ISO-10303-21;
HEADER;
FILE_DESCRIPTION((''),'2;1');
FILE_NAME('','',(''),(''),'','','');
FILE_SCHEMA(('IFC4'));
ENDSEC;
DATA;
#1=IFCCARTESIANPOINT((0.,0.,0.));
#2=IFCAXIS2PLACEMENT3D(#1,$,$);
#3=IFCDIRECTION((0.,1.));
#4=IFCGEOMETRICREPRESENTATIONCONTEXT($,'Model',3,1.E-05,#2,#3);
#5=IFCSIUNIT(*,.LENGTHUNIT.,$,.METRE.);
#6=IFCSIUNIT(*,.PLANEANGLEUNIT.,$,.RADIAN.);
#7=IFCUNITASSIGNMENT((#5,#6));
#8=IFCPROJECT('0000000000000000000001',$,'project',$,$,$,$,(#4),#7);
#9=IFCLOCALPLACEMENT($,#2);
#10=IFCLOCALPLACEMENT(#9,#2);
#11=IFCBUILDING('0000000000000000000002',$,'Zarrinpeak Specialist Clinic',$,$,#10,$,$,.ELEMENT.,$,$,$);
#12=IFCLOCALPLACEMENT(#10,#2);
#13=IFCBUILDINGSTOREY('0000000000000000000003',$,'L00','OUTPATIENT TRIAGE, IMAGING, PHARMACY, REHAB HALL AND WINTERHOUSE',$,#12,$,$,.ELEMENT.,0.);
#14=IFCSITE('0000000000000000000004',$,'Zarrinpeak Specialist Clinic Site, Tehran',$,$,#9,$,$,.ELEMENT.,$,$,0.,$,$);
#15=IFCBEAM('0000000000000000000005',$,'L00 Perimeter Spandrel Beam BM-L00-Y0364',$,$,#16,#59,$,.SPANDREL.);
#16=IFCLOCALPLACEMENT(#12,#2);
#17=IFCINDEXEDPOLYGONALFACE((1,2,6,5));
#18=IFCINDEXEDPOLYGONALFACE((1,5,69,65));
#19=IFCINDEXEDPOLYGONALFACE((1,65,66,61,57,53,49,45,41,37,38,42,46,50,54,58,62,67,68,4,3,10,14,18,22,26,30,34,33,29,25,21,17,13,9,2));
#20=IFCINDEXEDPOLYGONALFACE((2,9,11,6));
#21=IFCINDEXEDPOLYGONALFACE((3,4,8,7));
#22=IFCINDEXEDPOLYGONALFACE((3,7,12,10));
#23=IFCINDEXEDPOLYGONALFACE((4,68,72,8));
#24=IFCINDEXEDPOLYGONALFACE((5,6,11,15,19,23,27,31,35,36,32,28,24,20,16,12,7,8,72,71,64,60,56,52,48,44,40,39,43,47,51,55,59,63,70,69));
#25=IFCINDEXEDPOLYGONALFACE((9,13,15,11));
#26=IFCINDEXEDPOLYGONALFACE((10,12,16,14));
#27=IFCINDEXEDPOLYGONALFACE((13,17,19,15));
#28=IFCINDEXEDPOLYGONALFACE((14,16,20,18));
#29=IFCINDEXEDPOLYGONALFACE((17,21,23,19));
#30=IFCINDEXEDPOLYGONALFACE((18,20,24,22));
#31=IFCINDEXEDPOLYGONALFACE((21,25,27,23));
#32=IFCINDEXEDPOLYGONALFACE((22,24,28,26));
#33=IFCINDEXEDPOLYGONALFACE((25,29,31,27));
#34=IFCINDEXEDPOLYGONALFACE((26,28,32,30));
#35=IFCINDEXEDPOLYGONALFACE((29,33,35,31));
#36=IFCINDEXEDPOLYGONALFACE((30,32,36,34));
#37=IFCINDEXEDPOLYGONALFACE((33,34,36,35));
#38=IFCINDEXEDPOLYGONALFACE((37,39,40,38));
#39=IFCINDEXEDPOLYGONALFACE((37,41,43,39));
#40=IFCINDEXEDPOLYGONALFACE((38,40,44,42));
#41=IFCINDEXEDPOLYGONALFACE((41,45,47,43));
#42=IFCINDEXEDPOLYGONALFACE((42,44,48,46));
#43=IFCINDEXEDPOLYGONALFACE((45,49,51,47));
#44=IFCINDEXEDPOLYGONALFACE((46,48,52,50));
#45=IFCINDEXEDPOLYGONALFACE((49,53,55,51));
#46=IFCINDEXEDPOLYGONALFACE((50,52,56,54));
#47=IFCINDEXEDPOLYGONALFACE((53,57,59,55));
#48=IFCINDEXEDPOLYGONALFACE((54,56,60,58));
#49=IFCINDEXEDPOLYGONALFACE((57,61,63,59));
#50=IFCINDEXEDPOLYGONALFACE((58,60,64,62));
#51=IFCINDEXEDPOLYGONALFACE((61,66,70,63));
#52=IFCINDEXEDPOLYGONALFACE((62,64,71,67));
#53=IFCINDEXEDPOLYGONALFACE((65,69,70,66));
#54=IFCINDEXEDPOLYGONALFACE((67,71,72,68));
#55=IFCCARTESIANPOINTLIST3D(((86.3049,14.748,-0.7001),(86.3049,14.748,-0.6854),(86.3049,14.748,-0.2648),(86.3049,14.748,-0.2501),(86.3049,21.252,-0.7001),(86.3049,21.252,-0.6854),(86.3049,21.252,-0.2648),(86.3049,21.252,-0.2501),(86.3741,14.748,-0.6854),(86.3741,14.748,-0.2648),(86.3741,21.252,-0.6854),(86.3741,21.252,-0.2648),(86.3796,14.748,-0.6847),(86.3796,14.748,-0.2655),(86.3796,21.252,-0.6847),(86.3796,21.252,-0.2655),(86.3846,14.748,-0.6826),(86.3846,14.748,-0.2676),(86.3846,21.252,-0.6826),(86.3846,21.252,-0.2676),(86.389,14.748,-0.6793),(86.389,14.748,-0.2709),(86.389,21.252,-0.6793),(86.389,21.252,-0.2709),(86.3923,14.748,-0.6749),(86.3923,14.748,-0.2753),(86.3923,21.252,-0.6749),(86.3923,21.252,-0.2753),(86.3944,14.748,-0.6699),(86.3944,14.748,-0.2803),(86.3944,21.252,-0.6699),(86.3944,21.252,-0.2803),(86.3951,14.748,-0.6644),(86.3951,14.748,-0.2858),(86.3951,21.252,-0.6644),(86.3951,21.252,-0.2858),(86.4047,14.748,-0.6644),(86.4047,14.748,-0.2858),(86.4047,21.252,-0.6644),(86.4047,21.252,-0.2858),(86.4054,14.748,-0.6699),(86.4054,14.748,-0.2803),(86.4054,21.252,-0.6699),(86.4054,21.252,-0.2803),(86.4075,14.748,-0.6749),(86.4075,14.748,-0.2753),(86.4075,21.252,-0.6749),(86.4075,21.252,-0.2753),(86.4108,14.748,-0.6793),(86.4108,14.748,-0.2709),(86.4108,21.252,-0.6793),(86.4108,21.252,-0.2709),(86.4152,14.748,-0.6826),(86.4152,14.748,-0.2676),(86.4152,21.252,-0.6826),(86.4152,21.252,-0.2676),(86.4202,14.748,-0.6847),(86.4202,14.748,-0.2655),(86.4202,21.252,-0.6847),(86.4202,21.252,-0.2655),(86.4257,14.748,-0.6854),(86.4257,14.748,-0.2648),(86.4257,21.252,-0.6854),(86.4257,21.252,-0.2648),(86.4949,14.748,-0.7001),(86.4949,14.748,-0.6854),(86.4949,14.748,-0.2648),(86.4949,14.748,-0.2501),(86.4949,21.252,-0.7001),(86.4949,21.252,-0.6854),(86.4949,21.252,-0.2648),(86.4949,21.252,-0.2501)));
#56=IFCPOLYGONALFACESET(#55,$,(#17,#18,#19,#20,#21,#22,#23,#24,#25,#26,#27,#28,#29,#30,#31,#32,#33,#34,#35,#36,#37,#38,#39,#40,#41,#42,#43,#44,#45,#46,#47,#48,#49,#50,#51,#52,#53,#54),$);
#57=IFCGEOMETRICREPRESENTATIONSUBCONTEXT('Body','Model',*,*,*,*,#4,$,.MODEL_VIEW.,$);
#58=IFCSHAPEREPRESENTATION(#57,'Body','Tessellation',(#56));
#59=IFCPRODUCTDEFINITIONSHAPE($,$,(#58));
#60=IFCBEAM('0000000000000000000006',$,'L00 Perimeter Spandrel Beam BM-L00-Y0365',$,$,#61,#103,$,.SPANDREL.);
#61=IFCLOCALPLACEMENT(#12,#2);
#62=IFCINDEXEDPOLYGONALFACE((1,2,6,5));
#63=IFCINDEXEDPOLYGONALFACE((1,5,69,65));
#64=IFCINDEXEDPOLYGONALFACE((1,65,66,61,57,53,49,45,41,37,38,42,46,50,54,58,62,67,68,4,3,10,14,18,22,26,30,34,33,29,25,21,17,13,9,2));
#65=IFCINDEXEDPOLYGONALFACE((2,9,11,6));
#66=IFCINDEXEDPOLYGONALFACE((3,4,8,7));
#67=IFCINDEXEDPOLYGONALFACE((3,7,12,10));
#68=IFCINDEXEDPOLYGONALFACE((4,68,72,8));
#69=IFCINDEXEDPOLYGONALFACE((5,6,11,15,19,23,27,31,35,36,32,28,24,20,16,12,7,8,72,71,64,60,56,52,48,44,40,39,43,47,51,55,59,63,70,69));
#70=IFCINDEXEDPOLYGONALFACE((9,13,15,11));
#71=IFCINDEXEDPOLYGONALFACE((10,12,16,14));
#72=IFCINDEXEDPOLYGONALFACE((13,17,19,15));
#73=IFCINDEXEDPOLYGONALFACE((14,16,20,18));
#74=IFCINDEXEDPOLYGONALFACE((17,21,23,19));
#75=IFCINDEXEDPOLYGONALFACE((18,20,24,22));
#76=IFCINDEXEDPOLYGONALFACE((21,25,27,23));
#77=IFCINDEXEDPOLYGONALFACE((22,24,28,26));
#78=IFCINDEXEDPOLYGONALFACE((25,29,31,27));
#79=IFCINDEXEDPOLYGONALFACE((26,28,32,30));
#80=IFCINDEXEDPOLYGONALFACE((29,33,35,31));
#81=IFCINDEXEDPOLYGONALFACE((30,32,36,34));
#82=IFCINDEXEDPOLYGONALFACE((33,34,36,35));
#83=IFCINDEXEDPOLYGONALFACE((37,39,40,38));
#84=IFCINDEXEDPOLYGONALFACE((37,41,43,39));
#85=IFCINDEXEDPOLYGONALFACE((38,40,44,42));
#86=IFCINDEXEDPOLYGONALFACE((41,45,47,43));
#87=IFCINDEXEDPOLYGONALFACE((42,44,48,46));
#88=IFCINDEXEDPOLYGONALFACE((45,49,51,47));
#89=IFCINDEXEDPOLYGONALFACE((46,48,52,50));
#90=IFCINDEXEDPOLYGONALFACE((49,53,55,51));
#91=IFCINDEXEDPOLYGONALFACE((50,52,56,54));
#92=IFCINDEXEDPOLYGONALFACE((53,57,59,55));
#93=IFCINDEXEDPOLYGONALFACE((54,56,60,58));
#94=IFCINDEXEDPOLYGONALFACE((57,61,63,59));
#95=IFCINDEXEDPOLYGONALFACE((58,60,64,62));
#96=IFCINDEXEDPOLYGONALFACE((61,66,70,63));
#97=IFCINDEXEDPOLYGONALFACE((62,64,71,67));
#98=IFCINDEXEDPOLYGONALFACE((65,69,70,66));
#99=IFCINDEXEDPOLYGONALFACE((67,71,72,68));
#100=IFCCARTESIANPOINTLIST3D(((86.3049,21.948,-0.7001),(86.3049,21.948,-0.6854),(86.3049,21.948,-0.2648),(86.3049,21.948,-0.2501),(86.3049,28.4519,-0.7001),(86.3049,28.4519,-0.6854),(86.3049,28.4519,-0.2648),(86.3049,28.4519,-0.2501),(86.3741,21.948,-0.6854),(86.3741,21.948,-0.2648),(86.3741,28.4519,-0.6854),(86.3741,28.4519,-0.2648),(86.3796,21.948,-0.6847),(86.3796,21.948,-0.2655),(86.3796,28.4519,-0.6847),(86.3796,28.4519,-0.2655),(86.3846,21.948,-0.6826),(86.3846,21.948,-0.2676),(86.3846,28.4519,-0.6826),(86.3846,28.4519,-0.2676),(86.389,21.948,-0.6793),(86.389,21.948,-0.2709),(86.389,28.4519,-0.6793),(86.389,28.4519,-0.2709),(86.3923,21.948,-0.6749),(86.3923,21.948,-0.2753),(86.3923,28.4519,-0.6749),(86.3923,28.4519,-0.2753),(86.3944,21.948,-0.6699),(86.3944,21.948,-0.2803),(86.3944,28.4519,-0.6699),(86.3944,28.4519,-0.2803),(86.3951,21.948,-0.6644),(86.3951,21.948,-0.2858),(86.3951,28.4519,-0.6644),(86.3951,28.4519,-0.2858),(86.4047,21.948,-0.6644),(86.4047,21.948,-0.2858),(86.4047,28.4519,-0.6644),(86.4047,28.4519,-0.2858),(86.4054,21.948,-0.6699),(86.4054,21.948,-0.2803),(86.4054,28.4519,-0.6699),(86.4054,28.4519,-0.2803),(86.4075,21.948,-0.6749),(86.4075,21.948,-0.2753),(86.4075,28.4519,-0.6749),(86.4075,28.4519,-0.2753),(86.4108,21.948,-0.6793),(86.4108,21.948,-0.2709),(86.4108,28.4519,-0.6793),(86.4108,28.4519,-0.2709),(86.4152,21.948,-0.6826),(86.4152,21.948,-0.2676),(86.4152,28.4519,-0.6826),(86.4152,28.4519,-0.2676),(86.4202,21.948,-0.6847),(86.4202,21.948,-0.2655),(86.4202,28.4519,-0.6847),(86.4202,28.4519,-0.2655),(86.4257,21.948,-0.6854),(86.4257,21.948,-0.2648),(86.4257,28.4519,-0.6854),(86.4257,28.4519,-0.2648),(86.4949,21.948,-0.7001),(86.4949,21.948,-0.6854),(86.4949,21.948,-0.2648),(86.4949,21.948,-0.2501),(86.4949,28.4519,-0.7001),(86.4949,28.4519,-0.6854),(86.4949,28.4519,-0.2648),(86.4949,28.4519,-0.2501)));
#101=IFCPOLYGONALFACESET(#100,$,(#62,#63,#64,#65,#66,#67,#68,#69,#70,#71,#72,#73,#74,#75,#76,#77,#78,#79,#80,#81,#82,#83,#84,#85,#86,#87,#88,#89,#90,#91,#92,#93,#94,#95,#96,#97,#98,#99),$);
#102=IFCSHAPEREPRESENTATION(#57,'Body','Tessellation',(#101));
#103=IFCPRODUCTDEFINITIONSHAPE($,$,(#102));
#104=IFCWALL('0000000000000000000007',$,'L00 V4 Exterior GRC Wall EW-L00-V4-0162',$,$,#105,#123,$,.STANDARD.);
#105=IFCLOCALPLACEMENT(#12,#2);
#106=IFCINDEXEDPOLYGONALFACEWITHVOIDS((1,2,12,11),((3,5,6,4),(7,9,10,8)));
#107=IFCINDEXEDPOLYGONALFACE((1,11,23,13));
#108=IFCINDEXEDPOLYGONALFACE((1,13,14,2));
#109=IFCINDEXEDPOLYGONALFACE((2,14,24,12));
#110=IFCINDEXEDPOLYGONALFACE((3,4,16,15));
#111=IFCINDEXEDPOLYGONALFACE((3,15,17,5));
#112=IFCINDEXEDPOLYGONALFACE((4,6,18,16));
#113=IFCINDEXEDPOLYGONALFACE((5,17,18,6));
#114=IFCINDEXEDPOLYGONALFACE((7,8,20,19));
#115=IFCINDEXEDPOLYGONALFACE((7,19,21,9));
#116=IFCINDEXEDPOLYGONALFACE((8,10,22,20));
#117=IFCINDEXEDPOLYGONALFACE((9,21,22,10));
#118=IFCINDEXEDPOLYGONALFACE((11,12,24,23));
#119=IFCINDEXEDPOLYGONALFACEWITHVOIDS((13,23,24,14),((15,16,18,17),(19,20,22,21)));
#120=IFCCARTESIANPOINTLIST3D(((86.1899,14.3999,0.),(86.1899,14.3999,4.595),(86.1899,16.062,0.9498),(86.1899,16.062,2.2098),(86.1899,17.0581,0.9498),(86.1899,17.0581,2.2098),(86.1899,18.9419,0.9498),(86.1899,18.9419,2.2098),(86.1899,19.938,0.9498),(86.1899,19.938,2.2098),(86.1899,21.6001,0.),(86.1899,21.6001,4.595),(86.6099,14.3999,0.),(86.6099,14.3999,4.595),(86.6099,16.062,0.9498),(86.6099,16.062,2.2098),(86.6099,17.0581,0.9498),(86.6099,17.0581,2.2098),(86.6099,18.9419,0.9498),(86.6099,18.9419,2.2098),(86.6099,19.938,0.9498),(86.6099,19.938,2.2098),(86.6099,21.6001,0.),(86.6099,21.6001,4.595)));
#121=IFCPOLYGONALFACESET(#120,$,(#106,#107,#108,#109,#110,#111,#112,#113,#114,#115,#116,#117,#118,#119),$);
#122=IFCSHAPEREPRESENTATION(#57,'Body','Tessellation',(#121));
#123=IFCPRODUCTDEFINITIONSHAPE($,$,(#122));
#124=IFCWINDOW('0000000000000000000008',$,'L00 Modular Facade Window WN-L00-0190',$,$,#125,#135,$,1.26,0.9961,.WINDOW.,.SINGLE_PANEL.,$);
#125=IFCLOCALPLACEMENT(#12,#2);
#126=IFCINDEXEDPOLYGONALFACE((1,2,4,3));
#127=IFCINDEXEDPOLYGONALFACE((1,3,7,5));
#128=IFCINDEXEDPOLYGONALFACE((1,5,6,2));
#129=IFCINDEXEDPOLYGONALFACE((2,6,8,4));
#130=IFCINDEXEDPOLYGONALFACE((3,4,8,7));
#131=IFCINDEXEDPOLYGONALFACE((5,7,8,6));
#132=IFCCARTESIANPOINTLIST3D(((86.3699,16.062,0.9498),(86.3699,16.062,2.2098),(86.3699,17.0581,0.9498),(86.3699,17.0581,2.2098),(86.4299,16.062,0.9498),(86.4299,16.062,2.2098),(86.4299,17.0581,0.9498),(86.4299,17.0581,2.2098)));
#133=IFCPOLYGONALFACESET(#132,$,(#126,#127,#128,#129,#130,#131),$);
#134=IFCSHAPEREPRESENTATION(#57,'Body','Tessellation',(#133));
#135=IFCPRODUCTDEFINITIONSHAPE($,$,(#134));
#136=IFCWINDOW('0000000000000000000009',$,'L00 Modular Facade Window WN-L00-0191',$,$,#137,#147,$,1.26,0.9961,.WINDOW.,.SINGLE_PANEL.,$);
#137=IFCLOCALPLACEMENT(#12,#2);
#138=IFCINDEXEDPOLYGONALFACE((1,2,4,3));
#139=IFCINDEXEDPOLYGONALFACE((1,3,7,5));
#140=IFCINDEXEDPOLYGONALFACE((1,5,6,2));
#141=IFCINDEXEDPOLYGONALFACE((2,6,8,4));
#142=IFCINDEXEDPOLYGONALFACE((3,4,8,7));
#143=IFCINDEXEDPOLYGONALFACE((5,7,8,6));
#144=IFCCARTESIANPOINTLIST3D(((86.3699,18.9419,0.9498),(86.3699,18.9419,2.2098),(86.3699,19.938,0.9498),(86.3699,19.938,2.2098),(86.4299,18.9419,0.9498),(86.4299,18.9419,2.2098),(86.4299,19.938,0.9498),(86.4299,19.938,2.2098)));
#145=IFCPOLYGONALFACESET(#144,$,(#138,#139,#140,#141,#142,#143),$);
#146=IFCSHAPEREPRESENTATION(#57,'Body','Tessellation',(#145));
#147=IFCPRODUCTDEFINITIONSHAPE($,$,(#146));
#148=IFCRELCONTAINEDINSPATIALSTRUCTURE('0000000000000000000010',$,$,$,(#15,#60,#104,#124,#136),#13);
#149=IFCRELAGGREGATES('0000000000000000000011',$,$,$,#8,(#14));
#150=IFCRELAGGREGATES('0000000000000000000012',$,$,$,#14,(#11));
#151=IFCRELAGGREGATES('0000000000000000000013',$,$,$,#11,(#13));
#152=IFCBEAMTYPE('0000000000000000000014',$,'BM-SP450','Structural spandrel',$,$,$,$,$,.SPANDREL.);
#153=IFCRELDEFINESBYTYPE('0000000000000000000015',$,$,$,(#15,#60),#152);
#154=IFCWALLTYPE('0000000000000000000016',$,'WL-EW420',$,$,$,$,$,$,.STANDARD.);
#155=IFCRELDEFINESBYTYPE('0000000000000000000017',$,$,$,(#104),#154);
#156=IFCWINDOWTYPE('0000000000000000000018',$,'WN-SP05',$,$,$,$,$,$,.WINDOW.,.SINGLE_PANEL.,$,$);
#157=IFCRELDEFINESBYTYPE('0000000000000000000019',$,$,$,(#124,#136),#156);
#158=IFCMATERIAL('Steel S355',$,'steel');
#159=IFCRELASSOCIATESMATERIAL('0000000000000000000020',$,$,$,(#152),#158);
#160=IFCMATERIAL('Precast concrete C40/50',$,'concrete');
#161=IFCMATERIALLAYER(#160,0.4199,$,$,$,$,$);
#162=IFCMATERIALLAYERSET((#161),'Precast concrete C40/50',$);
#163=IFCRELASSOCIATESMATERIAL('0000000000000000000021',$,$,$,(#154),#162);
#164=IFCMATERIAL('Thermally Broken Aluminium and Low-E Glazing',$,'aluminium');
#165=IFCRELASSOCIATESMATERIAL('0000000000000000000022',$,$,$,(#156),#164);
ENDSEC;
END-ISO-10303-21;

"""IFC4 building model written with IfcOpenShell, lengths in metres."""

from ifc_helpers import new_model, si_unit, direction, frame, frame_2d, origin, origin_2d, place, context, subcontext, project, spatial, rectangle, i_section, extrude, material, layer, layer_set, material_profile, profile_set, type_object, element, fill, save


model = new_model("IFC4")

# Units and contexts
model_context = context("Model", 3, precision=1e-05, world=origin(), true_north=direction((0.0, 1.0)))
body_context = subcontext(model_context, "Body", "Model", "MODEL_VIEW")
ifc_project = project(units=[si_unit("LENGTHUNIT", "METRE"), si_unit("PLANEANGLEUNIT", "RADIAN")], contexts=[model_context])

# Site, building, storey
site_placement = place(None, origin())
site = spatial("IfcSite", under=ifc_project, at=site_placement, Name="Zarrinpeak Specialist Clinic Site, Tehran", CompositionType="ELEMENT", RefElevation=0.0)
building_placement = place(site_placement, origin())
building = spatial("IfcBuilding", under=site, at=building_placement, Name="Zarrinpeak Specialist Clinic", CompositionType="ELEMENT")
storey_placement = place(building_placement, origin())
storey = spatial("IfcBuildingStorey", under=building, at=storey_placement, Name="L00", Description="OUTPATIENT TRIAGE, IMAGING, PHARMACY, REHAB HALL AND WINTERHOUSE", CompositionType="ELEMENT", Elevation=0.0)

# Shared definitions
ifc_material_1 = material(Name="Steel S355", Category="steel")

# Beams
ifc_material_profile_1 = material_profile(ifc_material_1, i_section(OverallWidth=0.1899, OverallDepth=0.45, WebThickness=0.0095, FlangeThickness=0.0146, FilletRadius=0.021, at=origin_2d()), Name="IPE 450")
ifc_profile_set_1 = profile_set([ifc_material_profile_1], Name="Steel S355")
beam_type_1 = type_object("IfcBeamType", Name="BM-SP450", Description="Structural spandrel", PredefinedType="SPANDREL", material=ifc_profile_set_1)
for number, where, z_axis, x_axis, name in (
    (1, (86.3999, 14.748, -0.4751), (0.0, 1.0, 0.0), (-1.0, 0.0, 0.0), "L00 Perimeter Spandrel Beam BM-L00-Y0364"),
    (2, (86.3999, 21.948, -0.4751), (0.0, 1.0, 0.0), (-1.0, 0.0, 0.0), "L00 Perimeter Spandrel Beam BM-L00-Y0365"),
):
    element("IfcBeam", number, at=place(storey_placement, frame(where, z_axis=z_axis, x_axis=x_axis)), inside=storey, type_object=beam_type_1, Name=name, PredefinedType="SPANDREL", context=body_context, shape_type="SweptSolid", body=[
        extrude(i_section(OverallWidth=0.1899, OverallDepth=0.45, WebThickness=0.0095, FlangeThickness=0.0146, FilletRadius=0.021, at=origin_2d()), origin(), (0.0, 0.0, 1.0), 6.5039),
    ])

# Wall, openings, windows
ifc_material_2 = material(Name="Precast concrete C40/50", Category="concrete")
ifc_layer_1 = layer(ifc_material_2, 0.4199)
ifc_layer_set_1 = layer_set([ifc_layer_1], Name="Precast concrete C40/50")
wall_type_1 = type_object("IfcWallType", Name="WL-EW420", PredefinedType="STANDARD", material=ifc_layer_set_1)
wall_1_placement = place(storey_placement, frame((86.3999, 14.3999, 0.0), z_axis=(0.0, 0.0, 1.0), x_axis=(0.0, 1.0, 0.0)))
wall_1 = element("IfcWall", 3, at=wall_1_placement, inside=storey, type_object=wall_type_1, Name="L00 V4 Exterior GRC Wall EW-L00-V4-0162", PredefinedType="STANDARD", context=body_context, shape_type="SweptSolid", body=[
    extrude(rectangle(XDim=7.2002, YDim=0.4199, at=frame_2d((3.6001, 0.0))), origin(), (0.0, 0.0, 1.0), 4.595),
])
opening_1_placement = place(wall_1_placement, frame((1.6621, 0.0, 0.95)))
opening_1 = element("IfcOpeningElement", 4, at=opening_1_placement, cuts=wall_1, PredefinedType="OPENING", context=body_context, shape_type="SweptSolid", body=[
    extrude(rectangle(XDim=0.9961, YDim=1.26, at=frame_2d((0.498, 0.6299))), frame((0.0, 0.22, 0.0), z_axis=(0.0, -1.0, 0.0), x_axis=(1.0, 0.0, 0.0)), (0.0, 0.0, 1.0), 0.4399),
])
opening_2_placement = place(wall_1_placement, frame((4.542, 0.0, 0.95)))
opening_2 = element("IfcOpeningElement", 5, at=opening_2_placement, cuts=wall_1, PredefinedType="OPENING", context=body_context, shape_type="SweptSolid", body=[
    extrude(rectangle(XDim=0.9961, YDim=1.26, at=frame_2d((0.498, 0.6299))), frame((0.0, 0.22, 0.0), z_axis=(0.0, -1.0, 0.0), x_axis=(1.0, 0.0, 0.0)), (0.0, 0.0, 1.0), 0.4399),
])
ifc_material_3 = material(Name="Thermally Broken Aluminium and Low-E Glazing", Category="aluminium")
window_type_1 = type_object("IfcWindowType", Name="WN-SP05", PartitioningType="SINGLE_PANEL", PredefinedType="WINDOW", material=ifc_material_3)
window_1_placement = place(opening_1_placement, origin())
window_1 = element("IfcWindow", 6, at=window_1_placement, inside=storey, type_object=window_type_1, Name="L00 Modular Facade Window WN-L00-0190", OverallHeight=1.26, OverallWidth=0.9961, PartitioningType="SINGLE_PANEL", PredefinedType="WINDOW", context=body_context, shape_type="SweptSolid", body=[
    extrude(rectangle(XDim=0.9961, YDim=1.26, at=frame_2d((0.498, 0.6299))), frame((0.0, 0.03, 0.0), z_axis=(0.0, -1.0, 0.0), x_axis=(1.0, 0.0, 0.0)), (0.0, 0.0, 1.0), 0.0601),
])
fill(opening_1, window_1)
window_2_placement = place(opening_2_placement, origin())
window_2 = element("IfcWindow", 7, at=window_2_placement, inside=storey, type_object=window_type_1, Name="L00 Modular Facade Window WN-L00-0191", OverallHeight=1.26, OverallWidth=0.9961, PartitioningType="SINGLE_PANEL", PredefinedType="WINDOW", context=body_context, shape_type="SweptSolid", body=[
    extrude(rectangle(XDim=0.9961, YDim=1.26, at=frame_2d((0.498, 0.6299))), frame((0.0, 0.03, 0.0), z_axis=(0.0, -1.0, 0.0), x_axis=(1.0, 0.0, 0.0)), (0.0, 0.0, 1.0), 0.0601),
])
fill(opening_2, window_2)

save(model, "model.ifc")
